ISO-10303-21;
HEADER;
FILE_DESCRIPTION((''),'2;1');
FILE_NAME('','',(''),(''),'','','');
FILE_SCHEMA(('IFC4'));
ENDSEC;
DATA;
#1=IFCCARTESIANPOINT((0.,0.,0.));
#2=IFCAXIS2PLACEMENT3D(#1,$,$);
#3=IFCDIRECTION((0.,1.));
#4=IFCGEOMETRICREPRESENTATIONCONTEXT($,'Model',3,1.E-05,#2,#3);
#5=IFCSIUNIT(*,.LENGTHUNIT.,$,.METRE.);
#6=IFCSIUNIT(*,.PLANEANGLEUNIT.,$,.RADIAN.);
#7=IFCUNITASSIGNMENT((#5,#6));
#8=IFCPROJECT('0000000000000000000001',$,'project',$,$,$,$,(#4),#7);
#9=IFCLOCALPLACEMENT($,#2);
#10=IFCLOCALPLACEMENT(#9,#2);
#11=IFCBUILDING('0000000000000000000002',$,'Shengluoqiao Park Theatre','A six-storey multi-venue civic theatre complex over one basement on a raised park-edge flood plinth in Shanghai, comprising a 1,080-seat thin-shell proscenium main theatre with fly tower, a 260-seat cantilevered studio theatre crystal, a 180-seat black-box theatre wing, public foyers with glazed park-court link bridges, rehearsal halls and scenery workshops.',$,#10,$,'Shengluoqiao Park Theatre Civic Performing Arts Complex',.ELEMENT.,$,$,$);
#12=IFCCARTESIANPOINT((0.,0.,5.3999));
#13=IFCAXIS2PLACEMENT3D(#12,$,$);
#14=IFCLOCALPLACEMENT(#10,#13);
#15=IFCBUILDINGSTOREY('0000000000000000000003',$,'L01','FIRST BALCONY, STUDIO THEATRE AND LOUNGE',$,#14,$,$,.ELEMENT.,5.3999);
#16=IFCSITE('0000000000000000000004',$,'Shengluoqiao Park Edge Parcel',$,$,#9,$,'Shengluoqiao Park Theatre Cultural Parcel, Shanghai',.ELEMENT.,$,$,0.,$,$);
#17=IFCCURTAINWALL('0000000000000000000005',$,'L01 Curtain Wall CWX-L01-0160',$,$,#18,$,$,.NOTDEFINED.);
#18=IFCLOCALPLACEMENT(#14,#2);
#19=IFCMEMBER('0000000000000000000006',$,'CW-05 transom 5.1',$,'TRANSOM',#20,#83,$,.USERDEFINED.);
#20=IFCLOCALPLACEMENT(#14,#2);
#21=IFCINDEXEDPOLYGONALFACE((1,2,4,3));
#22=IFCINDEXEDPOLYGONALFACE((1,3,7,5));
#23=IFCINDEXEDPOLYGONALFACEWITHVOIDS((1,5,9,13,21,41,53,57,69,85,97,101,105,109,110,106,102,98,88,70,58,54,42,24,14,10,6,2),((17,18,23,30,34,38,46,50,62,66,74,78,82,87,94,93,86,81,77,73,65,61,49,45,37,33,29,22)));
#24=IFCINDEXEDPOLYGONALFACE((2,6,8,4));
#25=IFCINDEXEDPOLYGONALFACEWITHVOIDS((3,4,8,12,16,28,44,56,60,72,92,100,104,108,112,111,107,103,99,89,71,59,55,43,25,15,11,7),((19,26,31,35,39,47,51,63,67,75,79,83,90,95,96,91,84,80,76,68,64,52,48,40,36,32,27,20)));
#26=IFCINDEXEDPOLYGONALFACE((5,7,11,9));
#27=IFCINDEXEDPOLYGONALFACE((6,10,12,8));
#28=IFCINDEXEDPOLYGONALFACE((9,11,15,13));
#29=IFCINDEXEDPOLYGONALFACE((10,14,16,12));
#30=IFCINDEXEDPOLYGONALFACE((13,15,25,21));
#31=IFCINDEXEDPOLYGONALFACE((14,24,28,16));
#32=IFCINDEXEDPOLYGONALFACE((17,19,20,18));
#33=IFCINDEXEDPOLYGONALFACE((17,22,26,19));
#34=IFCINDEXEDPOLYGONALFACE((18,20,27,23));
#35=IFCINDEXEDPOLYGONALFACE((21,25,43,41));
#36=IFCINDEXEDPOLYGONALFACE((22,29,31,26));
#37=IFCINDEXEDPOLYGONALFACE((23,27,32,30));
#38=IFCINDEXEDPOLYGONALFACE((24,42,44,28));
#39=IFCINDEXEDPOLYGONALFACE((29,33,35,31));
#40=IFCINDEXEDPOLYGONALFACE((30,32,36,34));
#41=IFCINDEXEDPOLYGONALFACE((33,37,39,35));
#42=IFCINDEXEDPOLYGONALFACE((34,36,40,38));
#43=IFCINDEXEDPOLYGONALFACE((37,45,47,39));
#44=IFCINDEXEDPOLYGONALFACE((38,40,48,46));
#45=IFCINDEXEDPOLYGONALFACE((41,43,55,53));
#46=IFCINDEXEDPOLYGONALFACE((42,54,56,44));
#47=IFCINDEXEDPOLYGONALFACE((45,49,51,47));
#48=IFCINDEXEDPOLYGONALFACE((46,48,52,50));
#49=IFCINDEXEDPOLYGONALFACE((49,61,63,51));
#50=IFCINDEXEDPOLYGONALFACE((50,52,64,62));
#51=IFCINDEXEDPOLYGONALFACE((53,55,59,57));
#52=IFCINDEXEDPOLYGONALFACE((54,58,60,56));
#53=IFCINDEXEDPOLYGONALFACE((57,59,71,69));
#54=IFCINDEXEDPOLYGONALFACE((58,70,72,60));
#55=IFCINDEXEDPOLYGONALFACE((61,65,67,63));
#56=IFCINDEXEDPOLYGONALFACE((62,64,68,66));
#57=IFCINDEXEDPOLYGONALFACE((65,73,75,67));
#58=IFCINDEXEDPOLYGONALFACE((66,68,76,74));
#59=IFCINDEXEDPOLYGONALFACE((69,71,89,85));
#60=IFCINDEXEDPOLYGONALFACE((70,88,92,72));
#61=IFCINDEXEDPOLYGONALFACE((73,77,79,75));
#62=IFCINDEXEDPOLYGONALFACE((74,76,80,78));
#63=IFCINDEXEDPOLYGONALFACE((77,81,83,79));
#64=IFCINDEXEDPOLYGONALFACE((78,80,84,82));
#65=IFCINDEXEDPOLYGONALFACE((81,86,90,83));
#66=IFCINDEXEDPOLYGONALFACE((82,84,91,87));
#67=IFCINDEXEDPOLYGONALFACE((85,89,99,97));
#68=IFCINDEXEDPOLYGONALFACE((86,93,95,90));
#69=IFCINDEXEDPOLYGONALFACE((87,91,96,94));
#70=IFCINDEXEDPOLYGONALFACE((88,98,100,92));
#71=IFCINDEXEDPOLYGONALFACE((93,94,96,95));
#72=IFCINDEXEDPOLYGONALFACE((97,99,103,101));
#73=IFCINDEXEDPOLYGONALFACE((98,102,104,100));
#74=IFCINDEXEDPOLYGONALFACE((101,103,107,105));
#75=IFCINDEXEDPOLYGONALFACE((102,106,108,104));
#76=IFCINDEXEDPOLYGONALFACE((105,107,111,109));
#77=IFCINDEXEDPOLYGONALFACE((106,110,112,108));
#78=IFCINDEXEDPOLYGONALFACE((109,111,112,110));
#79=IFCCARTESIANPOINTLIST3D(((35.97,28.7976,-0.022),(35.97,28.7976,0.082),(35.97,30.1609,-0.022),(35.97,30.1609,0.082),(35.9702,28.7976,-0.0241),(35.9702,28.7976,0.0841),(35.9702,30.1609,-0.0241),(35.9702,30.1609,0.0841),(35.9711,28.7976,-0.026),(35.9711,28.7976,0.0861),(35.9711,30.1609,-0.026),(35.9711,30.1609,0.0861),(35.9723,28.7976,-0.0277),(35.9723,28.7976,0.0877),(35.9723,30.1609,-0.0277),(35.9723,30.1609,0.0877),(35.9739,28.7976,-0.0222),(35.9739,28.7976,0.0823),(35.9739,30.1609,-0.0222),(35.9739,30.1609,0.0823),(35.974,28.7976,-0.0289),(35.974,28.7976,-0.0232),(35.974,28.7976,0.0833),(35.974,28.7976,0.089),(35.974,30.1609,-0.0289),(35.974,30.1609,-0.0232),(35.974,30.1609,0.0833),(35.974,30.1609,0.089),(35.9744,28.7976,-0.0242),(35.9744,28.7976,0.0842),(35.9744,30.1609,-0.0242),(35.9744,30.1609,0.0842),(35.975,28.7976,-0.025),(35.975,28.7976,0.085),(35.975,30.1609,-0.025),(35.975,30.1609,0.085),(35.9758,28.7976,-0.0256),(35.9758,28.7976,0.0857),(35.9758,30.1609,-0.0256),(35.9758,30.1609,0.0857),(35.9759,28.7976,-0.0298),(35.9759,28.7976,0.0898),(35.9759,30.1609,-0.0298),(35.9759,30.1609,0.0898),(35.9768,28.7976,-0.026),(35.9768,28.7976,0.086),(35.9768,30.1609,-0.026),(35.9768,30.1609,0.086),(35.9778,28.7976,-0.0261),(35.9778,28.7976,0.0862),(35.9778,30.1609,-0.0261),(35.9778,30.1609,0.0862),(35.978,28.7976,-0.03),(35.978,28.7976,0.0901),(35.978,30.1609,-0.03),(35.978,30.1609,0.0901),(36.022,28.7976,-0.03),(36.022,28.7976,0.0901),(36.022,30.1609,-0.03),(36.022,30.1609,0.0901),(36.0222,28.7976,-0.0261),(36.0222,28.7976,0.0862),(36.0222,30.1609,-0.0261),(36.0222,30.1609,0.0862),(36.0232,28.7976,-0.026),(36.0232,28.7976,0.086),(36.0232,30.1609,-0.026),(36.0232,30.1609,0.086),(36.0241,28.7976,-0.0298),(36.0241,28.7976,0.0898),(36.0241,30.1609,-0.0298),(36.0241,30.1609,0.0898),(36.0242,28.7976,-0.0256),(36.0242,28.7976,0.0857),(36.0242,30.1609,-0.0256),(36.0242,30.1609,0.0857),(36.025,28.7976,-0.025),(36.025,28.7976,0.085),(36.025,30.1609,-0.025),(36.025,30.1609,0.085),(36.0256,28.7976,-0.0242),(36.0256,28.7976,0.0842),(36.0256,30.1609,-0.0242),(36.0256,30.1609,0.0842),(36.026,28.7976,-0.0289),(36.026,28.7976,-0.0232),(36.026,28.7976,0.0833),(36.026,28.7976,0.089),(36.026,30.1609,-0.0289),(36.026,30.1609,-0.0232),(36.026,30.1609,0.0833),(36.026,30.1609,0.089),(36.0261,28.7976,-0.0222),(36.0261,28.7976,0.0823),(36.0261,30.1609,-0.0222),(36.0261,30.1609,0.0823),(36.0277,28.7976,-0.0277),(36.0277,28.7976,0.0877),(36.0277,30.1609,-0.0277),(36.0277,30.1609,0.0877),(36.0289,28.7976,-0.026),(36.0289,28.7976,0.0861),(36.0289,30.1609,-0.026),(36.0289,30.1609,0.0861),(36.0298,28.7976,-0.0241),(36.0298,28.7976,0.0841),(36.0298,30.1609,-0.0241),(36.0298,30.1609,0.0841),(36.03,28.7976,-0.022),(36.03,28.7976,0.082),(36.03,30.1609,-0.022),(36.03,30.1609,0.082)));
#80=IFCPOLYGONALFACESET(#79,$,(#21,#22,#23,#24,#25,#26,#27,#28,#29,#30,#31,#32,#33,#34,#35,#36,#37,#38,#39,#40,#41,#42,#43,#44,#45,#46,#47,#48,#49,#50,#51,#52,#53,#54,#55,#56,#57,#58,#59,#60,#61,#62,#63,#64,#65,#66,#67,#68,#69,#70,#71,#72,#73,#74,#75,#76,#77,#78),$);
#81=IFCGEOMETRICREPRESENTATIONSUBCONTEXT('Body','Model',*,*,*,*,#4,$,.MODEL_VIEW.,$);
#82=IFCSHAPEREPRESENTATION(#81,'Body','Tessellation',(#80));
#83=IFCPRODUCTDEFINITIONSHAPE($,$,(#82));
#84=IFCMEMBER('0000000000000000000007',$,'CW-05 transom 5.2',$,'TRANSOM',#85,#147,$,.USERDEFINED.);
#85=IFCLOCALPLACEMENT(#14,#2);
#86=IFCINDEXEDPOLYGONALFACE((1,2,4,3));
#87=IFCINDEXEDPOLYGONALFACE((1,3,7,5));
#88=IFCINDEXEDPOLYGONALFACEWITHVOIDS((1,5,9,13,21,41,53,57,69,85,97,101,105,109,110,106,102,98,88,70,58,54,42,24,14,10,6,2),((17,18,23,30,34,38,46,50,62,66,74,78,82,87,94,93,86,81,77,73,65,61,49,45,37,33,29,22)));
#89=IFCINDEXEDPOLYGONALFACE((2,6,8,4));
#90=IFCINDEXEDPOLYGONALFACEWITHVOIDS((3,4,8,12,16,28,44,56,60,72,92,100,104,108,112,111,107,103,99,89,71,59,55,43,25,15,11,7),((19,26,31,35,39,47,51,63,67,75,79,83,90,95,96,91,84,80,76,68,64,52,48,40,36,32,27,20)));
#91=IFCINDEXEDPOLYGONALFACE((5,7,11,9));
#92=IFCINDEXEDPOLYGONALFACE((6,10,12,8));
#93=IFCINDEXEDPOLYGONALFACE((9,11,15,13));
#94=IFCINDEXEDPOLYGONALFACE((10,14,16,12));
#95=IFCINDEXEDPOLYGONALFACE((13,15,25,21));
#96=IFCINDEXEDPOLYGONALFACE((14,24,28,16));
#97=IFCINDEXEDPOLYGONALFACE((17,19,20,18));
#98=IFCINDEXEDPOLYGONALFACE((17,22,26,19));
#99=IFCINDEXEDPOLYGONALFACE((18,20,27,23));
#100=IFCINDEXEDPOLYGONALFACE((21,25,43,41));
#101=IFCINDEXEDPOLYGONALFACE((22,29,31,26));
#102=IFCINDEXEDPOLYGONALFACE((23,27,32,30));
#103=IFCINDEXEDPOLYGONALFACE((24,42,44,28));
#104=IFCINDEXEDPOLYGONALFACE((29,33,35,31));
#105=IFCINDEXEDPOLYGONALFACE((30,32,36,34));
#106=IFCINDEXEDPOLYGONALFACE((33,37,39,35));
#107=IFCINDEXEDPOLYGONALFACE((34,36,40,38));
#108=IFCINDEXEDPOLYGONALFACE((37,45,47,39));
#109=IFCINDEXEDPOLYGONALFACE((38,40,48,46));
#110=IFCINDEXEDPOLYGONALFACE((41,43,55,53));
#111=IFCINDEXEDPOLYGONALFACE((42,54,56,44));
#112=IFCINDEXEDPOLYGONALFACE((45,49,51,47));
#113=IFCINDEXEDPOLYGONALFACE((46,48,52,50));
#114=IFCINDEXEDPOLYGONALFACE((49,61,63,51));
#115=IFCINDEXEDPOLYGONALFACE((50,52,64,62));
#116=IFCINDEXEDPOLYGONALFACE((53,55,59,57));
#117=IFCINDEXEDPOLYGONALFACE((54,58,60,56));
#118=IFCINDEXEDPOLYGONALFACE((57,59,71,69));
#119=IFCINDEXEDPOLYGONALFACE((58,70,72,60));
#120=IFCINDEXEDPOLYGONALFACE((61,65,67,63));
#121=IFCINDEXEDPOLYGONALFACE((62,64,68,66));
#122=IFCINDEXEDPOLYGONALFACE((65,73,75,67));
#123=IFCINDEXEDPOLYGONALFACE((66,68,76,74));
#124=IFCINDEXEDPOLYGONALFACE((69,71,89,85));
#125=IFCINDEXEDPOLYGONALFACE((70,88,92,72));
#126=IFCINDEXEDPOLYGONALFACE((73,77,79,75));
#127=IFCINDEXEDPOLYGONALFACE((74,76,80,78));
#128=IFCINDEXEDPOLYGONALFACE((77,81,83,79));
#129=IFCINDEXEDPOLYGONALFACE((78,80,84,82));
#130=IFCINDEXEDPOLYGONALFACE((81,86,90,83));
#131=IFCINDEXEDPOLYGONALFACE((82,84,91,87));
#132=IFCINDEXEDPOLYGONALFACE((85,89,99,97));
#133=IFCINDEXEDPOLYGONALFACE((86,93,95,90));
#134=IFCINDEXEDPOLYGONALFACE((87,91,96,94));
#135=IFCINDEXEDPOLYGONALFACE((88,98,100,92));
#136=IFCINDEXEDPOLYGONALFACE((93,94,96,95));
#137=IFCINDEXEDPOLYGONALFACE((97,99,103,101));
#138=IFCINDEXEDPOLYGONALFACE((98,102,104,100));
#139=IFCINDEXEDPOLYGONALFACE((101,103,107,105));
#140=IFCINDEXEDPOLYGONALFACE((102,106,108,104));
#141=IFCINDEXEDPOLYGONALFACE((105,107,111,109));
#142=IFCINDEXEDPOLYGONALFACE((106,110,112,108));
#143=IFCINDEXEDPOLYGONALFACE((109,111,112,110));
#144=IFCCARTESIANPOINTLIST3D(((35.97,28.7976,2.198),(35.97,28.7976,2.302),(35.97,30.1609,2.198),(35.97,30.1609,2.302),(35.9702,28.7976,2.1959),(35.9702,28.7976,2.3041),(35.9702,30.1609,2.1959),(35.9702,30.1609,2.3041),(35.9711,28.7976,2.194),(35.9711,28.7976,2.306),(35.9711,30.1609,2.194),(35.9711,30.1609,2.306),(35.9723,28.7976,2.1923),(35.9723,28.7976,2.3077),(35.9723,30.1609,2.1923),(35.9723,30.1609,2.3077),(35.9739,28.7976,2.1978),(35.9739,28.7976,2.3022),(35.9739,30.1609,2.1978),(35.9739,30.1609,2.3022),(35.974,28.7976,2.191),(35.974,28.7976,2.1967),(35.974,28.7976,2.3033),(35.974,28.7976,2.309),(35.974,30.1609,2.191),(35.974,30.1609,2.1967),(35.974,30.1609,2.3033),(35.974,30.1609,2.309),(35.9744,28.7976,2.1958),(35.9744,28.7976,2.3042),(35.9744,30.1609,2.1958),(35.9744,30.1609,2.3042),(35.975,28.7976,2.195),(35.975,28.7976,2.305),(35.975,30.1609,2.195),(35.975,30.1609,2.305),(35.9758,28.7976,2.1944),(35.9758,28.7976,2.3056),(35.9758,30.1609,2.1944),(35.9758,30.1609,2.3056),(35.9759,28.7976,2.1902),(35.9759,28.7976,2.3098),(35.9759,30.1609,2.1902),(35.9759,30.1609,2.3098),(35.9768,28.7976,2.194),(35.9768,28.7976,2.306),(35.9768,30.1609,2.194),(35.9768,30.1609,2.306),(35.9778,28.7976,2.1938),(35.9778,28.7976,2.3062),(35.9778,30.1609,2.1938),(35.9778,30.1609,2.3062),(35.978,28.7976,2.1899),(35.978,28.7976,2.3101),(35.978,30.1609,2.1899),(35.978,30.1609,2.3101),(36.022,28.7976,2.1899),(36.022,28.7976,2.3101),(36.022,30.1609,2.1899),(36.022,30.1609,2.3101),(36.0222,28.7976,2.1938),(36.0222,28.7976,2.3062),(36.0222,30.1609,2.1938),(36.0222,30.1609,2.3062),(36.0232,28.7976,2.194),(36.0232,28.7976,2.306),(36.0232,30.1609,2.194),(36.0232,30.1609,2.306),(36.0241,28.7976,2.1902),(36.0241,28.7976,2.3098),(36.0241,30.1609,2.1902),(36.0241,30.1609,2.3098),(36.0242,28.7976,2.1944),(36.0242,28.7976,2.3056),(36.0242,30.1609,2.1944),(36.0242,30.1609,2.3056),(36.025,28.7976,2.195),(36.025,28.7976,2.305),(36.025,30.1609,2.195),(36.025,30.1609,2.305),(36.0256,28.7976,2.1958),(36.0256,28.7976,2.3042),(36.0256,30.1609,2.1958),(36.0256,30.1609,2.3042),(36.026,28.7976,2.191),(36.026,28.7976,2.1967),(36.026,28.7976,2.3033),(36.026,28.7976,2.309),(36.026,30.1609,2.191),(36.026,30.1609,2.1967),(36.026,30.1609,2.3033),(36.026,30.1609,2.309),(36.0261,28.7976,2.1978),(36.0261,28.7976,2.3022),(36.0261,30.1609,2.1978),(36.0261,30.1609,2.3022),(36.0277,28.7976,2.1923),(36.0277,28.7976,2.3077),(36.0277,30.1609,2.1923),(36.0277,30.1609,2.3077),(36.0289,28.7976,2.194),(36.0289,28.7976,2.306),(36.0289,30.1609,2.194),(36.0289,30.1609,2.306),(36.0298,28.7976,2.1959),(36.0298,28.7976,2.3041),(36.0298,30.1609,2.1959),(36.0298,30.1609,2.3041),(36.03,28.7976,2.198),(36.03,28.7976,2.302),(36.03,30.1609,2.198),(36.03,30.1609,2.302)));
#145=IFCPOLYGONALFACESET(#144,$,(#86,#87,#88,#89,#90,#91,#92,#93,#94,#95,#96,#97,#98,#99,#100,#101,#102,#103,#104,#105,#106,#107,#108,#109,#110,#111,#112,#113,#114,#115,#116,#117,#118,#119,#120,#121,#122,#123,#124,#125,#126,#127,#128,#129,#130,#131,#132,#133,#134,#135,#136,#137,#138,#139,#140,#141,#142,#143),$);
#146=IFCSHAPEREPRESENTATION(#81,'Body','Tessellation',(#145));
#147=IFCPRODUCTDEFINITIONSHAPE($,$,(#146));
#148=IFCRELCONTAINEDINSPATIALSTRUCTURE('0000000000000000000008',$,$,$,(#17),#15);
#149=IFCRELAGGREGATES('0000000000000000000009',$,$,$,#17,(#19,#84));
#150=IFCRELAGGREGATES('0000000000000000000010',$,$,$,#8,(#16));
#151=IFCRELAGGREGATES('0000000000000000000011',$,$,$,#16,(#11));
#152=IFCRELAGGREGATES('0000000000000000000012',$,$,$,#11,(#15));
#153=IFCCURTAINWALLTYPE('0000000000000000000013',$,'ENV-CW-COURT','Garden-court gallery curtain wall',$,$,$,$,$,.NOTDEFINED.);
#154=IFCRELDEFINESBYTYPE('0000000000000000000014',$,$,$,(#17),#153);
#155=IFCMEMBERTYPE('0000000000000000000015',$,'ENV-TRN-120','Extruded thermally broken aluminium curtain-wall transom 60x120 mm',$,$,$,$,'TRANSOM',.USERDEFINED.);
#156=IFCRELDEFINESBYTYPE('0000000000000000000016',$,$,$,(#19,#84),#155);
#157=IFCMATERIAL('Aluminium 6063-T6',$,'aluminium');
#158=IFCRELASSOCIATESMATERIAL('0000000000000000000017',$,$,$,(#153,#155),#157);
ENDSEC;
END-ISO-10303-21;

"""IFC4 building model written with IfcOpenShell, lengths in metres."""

from ifc_helpers import new_model, si_unit, direction, frame, origin, origin_2d, place, context, subcontext, project, spatial, hollow_rectangle, extrude, material, material_profile, profile_set, type_object, element, aggregate, save


model = new_model("IFC4")

# Units and contexts
model_context = context("Model", 3, precision=1e-05, world=origin(), true_north=direction((0.0, 1.0)))
body_context = subcontext(model_context, "Body", "Model", "MODEL_VIEW")
ifc_project = project(units=[si_unit("LENGTHUNIT", "METRE"), si_unit("PLANEANGLEUNIT", "RADIAN")], contexts=[model_context])

# Site, building, storey
site_placement = place(None, origin())
site = spatial("IfcSite", under=ifc_project, at=site_placement, Name="Shengluoqiao Park Edge Parcel", LongName="Shengluoqiao Park Theatre Cultural Parcel, Shanghai", CompositionType="ELEMENT", RefElevation=0.0)
building_placement = place(site_placement, origin())
building = spatial("IfcBuilding", under=site, at=building_placement, Name="Shengluoqiao Park Theatre", Description="A six-storey multi-venue civic theatre complex over one basement on a raised park-edge flood plinth in Shanghai, comprising a 1,080-seat thin-shell proscenium main theatre with fly tower, a 260-seat cantilevered studio theatre crystal, a 180-seat black-box theatre wing, public foyers with glazed park-court link bridges, rehearsal halls and scenery workshops.", LongName="Shengluoqiao Park Theatre Civic Performing Arts Complex", CompositionType="ELEMENT")
storey_placement = place(building_placement, frame((0.0, 0.0, 5.3999)))
storey = spatial("IfcBuildingStorey", under=building, at=storey_placement, Name="L01", Description="FIRST BALCONY, STUDIO THEATRE AND LOUNGE", CompositionType="ELEMENT", Elevation=5.3999)

# Shared definitions
ifc_material_1 = material(Name="Aluminium 6063-T6", Category="aluminium")
curtain_wall_type = type_object("IfcCurtainWallType", Name="ENV-CW-COURT", Description="Garden-court gallery curtain wall", PredefinedType="NOTDEFINED", material=ifc_material_1)

# Curtain wall
curtain_wall_1_placement = place(storey_placement, origin())
curtain_wall_1 = element("IfcCurtainWall", 1, at=curtain_wall_1_placement, inside=storey, type_object=curtain_wall_type, Name="L01 Curtain Wall CWX-L01-0160", PredefinedType="NOTDEFINED")

# Members
ifc_material_profile_1 = material_profile(ifc_material_1, hollow_rectangle(XDim=0.0601, YDim=0.1201, WallThickness=0.0039, InnerFilletRadius=0.0039, OuterFilletRadius=0.0081, at=origin_2d()), Name="ALU TRANSOM 120x60x4")
ifc_profile_set_1 = profile_set([ifc_material_profile_1], Name="Aluminium 6063-T6")
member_type_1 = type_object("IfcMemberType", Name="ENV-TRN-120", Description="Extruded thermally broken aluminium curtain-wall transom 60x120 mm", ElementType="TRANSOM", PredefinedType="USERDEFINED", material=ifc_profile_set_1)
member_1_placement = place(storey_placement, frame((36.0, 28.7976, 0.03), z_axis=(0.0, 1.0, 0.0), x_axis=(-1.0, 0.0, 0.0)))
member_1 = element("IfcMember", 2, at=member_1_placement, type_object=member_type_1, Name="CW-05 transom 5.1", ObjectType="TRANSOM", PredefinedType="USERDEFINED", context=body_context, shape_type="SweptSolid", body=[
    extrude(hollow_rectangle(XDim=0.0601, YDim=0.1201, WallThickness=0.0039, InnerFilletRadius=0.0039, OuterFilletRadius=0.0081, at=origin_2d()), origin(), (0.0, 0.0, 1.0), 1.3633),
])
member_2_placement = place(storey_placement, frame((36.0, 28.7976, 2.25), z_axis=(0.0, 1.0, 0.0), x_axis=(-1.0, 0.0, 0.0)))
member_2 = element("IfcMember", 3, at=member_2_placement, type_object=member_type_1, Name="CW-05 transom 5.2", ObjectType="TRANSOM", PredefinedType="USERDEFINED", context=body_context, shape_type="SweptSolid", body=[
    extrude(hollow_rectangle(XDim=0.0601, YDim=0.1201, WallThickness=0.0039, InnerFilletRadius=0.0039, OuterFilletRadius=0.0081, at=origin_2d()), origin(), (0.0, 0.0, 1.0), 1.3633),
])

aggregate(curtain_wall_1, [member_1, member_2])

save(model, "model.ifc")
